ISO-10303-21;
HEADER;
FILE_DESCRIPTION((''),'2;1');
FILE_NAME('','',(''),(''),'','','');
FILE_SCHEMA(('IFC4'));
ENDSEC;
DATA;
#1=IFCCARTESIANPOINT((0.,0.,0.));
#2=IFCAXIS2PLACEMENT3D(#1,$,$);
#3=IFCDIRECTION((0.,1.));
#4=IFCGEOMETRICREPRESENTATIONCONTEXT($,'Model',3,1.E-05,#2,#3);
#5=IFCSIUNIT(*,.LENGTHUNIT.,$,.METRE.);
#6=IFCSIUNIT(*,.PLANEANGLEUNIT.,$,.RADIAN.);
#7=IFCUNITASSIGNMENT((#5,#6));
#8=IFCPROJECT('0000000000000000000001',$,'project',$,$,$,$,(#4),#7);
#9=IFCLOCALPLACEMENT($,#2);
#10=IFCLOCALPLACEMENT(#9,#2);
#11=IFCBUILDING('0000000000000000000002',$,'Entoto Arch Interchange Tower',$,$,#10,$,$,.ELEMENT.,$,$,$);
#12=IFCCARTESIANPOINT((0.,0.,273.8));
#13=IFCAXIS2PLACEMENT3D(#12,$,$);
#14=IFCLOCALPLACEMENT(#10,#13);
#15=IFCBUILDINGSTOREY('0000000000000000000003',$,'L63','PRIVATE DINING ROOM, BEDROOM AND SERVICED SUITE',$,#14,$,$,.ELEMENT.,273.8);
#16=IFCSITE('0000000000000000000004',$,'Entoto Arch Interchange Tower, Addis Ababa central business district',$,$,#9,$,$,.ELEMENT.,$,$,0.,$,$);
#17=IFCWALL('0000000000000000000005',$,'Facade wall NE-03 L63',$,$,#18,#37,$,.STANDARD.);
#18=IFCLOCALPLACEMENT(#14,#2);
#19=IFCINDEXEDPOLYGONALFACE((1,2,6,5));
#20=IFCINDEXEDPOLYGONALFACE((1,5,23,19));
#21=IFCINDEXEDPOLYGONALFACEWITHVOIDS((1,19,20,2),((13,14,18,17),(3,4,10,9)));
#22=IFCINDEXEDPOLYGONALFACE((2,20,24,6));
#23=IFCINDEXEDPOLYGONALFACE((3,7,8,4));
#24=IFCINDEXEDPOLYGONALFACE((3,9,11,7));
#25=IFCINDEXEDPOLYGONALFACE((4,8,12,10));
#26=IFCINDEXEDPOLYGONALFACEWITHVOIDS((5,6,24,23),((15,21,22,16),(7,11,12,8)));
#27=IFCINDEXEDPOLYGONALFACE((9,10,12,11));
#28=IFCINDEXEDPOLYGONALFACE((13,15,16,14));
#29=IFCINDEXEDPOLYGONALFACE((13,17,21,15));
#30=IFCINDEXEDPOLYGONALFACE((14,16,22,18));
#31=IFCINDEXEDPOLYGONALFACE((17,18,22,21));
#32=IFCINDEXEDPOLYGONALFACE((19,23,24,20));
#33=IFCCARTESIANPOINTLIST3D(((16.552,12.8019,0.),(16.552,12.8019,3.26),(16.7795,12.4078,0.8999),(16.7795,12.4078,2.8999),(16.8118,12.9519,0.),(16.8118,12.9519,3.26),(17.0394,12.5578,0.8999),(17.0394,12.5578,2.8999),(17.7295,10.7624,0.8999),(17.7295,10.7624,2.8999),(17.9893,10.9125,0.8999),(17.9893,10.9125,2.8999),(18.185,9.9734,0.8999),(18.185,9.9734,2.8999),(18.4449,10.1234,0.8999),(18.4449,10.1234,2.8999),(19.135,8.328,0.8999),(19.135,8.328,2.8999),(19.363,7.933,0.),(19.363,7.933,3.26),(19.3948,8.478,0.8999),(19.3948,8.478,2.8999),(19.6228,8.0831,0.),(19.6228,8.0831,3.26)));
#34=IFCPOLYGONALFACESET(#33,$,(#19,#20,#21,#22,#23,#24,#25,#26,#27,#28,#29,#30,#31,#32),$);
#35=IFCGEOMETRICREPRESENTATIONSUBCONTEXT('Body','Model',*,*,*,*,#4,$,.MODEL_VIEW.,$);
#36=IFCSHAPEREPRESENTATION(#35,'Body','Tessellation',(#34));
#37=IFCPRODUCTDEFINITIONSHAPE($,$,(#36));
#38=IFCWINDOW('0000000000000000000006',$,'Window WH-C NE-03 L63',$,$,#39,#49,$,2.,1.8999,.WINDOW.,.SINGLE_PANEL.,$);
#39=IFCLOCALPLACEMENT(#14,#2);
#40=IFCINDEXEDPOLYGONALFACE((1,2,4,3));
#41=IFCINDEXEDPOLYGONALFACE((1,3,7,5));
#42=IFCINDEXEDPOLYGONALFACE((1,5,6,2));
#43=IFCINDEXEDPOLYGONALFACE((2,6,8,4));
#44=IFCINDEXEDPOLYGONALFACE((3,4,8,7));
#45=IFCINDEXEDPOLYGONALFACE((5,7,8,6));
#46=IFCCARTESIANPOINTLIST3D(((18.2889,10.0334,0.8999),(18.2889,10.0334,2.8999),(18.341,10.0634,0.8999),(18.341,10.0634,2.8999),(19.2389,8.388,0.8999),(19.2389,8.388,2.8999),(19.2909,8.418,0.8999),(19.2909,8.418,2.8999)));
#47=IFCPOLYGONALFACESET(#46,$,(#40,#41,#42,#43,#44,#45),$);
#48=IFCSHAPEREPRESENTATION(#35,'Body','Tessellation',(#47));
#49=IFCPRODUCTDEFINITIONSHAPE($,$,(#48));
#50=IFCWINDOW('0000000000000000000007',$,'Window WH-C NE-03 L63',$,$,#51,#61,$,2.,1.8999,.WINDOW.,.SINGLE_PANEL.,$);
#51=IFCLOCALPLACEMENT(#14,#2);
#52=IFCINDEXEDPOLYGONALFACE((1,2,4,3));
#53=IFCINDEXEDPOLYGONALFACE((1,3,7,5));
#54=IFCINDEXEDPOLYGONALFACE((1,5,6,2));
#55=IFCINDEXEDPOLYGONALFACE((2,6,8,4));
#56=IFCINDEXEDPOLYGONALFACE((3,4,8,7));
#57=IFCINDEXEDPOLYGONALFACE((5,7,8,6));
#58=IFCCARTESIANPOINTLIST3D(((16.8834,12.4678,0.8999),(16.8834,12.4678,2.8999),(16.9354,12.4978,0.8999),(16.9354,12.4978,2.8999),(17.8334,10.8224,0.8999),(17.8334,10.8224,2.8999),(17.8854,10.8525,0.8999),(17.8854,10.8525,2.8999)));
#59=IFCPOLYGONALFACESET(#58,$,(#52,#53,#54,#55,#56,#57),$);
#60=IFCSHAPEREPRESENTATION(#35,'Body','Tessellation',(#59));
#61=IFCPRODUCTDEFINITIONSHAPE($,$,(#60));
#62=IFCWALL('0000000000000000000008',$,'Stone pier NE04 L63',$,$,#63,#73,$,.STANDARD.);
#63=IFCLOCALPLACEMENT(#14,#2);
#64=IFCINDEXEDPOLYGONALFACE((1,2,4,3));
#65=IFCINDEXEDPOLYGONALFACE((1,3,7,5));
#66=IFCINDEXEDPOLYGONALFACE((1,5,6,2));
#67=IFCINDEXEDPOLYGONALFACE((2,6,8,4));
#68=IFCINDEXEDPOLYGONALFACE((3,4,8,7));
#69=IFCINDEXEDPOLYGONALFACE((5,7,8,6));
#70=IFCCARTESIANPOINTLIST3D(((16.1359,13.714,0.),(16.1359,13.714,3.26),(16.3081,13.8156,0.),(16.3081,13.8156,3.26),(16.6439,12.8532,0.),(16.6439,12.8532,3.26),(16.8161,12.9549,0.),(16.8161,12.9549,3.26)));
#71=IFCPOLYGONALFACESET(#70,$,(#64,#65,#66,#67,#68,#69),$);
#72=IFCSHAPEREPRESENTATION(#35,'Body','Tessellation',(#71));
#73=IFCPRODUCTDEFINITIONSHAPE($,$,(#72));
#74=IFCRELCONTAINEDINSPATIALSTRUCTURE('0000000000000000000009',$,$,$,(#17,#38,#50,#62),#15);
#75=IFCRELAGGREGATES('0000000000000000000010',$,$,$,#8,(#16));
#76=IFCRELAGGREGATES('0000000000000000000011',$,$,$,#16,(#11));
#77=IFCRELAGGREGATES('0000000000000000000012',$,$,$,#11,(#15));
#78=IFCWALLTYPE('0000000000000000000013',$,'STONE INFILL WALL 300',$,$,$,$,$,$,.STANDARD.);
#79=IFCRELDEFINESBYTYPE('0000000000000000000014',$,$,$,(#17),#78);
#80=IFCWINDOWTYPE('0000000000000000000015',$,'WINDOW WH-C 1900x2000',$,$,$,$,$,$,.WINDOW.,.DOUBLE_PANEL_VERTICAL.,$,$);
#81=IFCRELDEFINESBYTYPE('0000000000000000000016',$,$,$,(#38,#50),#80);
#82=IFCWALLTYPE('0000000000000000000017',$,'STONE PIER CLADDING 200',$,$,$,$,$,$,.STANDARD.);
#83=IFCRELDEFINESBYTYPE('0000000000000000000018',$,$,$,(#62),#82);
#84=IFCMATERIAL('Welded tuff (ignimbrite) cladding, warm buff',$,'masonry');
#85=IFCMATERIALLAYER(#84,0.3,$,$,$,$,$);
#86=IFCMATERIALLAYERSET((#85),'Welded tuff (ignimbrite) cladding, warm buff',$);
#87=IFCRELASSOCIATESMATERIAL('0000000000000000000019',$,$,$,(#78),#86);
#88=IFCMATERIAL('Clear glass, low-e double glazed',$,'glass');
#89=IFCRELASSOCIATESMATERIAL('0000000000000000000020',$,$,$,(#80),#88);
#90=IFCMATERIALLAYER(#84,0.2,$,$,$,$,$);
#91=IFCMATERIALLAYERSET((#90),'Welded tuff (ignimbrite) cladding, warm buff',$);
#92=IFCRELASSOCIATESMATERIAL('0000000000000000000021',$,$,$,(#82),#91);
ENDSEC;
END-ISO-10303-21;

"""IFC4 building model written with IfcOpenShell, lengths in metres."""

from ifc_helpers import new_model, si_unit, direction, frame, frame_2d, origin, place, context, subcontext, project, spatial, rectangle, extrude, material, layer, layer_set, type_object, element, fill, save


model = new_model("IFC4")

# Units and contexts
model_context = context("Model", 3, precision=1e-05, world=origin(), true_north=direction((0.0, 1.0)))
body_context = subcontext(model_context, "Body", "Model", "MODEL_VIEW")
ifc_project = project(units=[si_unit("LENGTHUNIT", "METRE"), si_unit("PLANEANGLEUNIT", "RADIAN")], contexts=[model_context])

# Site, building, storey
site_placement = place(None, origin())
site = spatial("IfcSite", under=ifc_project, at=site_placement, Name="Entoto Arch Interchange Tower, Addis Ababa central business district", CompositionType="ELEMENT", RefElevation=0.0)
building_placement = place(site_placement, origin())
building = spatial("IfcBuilding", under=site, at=building_placement, Name="Entoto Arch Interchange Tower", CompositionType="ELEMENT")
storey_placement = place(building_placement, frame((0.0, 0.0, 273.8)))
storey = spatial("IfcBuildingStorey", under=building, at=storey_placement, Name="L63", Description="PRIVATE DINING ROOM, BEDROOM AND SERVICED SUITE", CompositionType="ELEMENT", Elevation=273.8)

# Wall, openings, windows
ifc_material_1 = material(Name="Welded tuff (ignimbrite) cladding, warm buff", Category="masonry")
ifc_layer_1 = layer(ifc_material_1, 0.3)
ifc_layer_set_1 = layer_set([ifc_layer_1], Name="Welded tuff (ignimbrite) cladding, warm buff")
wall_type_1 = type_object("IfcWallType", Name="STONE INFILL WALL 300", PredefinedType="STANDARD", material=ifc_layer_set_1)
wall_1_placement = place(storey_placement, frame((19.4929, 8.0081, 0.0), z_axis=(0.0, 0.0, 1.0), x_axis=(-0.499997, 0.866027, 0.0)))
wall_1 = element("IfcWall", 1, at=wall_1_placement, inside=storey, type_object=wall_type_1, Name="Facade wall NE-03 L63", PredefinedType="STANDARD", context=body_context, shape_type="SweptSolid", body=[
    extrude(rectangle(XDim=5.6221, YDim=0.3, at=frame_2d((2.811, 0.0))), origin(), (0.0, 0.0, 1.0), 3.26),
])
opening_1_placement = place(wall_1_placement, frame((0.4561, 0.0, 0.8999)))
opening_1 = element("IfcOpeningElement", 2, at=opening_1_placement, cuts=wall_1, PredefinedType="OPENING", context=body_context, shape_type="SweptSolid", body=[
    extrude(rectangle(XDim=1.8999, YDim=2.0, at=frame_2d((0.95, 1.0))), frame((0.0, 0.1602, 0.0), z_axis=(0.0, -1.0, 0.0), x_axis=(1.0, 0.0, 0.0)), (0.0, 0.0, 1.0), 0.3201),
])
opening_2_placement = place(wall_1_placement, frame((3.2671, 0.0, 0.8999)))
opening_2 = element("IfcOpeningElement", 3, at=opening_2_placement, cuts=wall_1, PredefinedType="OPENING", context=body_context, shape_type="SweptSolid", body=[
    extrude(rectangle(XDim=1.8999, YDim=2.0, at=frame_2d((0.95, 1.0))), frame((0.0, 0.1602, 0.0), z_axis=(0.0, -1.0, 0.0), x_axis=(1.0, 0.0, 0.0)), (0.0, 0.0, 1.0), 0.3201),
])
ifc_material_2 = material(Name="Clear glass, low-e double glazed", Category="glass")
window_type = type_object("IfcWindowType", Name="WINDOW WH-C 1900x2000", PartitioningType="DOUBLE_PANEL_VERTICAL", PredefinedType="WINDOW", material=ifc_material_2)
window_1_placement = place(opening_1_placement, origin())
window_1 = element("IfcWindow", 4, at=window_1_placement, inside=storey, type_object=window_type, Name="Window WH-C NE-03 L63", OverallHeight=2.0, OverallWidth=1.8999, PartitioningType="SINGLE_PANEL", PredefinedType="WINDOW", context=body_context, shape_type="SweptSolid", body=[
    extrude(rectangle(XDim=1.8999, YDim=2.0, at=frame_2d((0.95, 1.0))), frame((0.0, 0.03, 0.0), z_axis=(0.0, -1.0, 0.0), x_axis=(1.0, 0.0, 0.0)), (0.0, 0.0, 1.0), 0.0601),
])
fill(opening_1, window_1)
window_2_placement = place(opening_2_placement, origin())
window_2 = element("IfcWindow", 5, at=window_2_placement, inside=storey, type_object=window_type, Name="Window WH-C NE-03 L63", OverallHeight=2.0, OverallWidth=1.8999, PartitioningType="SINGLE_PANEL", PredefinedType="WINDOW", context=body_context, shape_type="SweptSolid", body=[
    extrude(rectangle(XDim=1.8999, YDim=2.0, at=frame_2d((0.95, 1.0))), frame((0.0, 0.03, 0.0), z_axis=(0.0, -1.0, 0.0), x_axis=(1.0, 0.0, 0.0)), (0.0, 0.0, 1.0), 0.0601),
])
fill(opening_2, window_2)

# Wall
ifc_layer_2 = layer(ifc_material_1, 0.2)
ifc_layer_set_2 = layer_set([ifc_layer_2], Name="Welded tuff (ignimbrite) cladding, warm buff")
wall_type_2 = type_object("IfcWallType", Name="STONE PIER CLADDING 200", PredefinedType="STANDARD", material=ifc_layer_set_2)
wall_2_placement = place(storey_placement, frame((16.73, 12.9041, 0.0), z_axis=(0.0, 0.0, 1.0), x_axis=(-0.508268, 0.861199, 0.0)))
element("IfcWall", 6, at=wall_2_placement, inside=storey, type_object=wall_type_2, Name="Stone pier NE04 L63", PredefinedType="STANDARD", context=body_context, shape_type="SweptSolid", body=[
    extrude(rectangle(XDim=0.9995, YDim=0.2, at=frame_2d((0.4998, 0.0))), origin(), (0.0, 0.0, 1.0), 3.26),
])

save(model, "model.ifc")
